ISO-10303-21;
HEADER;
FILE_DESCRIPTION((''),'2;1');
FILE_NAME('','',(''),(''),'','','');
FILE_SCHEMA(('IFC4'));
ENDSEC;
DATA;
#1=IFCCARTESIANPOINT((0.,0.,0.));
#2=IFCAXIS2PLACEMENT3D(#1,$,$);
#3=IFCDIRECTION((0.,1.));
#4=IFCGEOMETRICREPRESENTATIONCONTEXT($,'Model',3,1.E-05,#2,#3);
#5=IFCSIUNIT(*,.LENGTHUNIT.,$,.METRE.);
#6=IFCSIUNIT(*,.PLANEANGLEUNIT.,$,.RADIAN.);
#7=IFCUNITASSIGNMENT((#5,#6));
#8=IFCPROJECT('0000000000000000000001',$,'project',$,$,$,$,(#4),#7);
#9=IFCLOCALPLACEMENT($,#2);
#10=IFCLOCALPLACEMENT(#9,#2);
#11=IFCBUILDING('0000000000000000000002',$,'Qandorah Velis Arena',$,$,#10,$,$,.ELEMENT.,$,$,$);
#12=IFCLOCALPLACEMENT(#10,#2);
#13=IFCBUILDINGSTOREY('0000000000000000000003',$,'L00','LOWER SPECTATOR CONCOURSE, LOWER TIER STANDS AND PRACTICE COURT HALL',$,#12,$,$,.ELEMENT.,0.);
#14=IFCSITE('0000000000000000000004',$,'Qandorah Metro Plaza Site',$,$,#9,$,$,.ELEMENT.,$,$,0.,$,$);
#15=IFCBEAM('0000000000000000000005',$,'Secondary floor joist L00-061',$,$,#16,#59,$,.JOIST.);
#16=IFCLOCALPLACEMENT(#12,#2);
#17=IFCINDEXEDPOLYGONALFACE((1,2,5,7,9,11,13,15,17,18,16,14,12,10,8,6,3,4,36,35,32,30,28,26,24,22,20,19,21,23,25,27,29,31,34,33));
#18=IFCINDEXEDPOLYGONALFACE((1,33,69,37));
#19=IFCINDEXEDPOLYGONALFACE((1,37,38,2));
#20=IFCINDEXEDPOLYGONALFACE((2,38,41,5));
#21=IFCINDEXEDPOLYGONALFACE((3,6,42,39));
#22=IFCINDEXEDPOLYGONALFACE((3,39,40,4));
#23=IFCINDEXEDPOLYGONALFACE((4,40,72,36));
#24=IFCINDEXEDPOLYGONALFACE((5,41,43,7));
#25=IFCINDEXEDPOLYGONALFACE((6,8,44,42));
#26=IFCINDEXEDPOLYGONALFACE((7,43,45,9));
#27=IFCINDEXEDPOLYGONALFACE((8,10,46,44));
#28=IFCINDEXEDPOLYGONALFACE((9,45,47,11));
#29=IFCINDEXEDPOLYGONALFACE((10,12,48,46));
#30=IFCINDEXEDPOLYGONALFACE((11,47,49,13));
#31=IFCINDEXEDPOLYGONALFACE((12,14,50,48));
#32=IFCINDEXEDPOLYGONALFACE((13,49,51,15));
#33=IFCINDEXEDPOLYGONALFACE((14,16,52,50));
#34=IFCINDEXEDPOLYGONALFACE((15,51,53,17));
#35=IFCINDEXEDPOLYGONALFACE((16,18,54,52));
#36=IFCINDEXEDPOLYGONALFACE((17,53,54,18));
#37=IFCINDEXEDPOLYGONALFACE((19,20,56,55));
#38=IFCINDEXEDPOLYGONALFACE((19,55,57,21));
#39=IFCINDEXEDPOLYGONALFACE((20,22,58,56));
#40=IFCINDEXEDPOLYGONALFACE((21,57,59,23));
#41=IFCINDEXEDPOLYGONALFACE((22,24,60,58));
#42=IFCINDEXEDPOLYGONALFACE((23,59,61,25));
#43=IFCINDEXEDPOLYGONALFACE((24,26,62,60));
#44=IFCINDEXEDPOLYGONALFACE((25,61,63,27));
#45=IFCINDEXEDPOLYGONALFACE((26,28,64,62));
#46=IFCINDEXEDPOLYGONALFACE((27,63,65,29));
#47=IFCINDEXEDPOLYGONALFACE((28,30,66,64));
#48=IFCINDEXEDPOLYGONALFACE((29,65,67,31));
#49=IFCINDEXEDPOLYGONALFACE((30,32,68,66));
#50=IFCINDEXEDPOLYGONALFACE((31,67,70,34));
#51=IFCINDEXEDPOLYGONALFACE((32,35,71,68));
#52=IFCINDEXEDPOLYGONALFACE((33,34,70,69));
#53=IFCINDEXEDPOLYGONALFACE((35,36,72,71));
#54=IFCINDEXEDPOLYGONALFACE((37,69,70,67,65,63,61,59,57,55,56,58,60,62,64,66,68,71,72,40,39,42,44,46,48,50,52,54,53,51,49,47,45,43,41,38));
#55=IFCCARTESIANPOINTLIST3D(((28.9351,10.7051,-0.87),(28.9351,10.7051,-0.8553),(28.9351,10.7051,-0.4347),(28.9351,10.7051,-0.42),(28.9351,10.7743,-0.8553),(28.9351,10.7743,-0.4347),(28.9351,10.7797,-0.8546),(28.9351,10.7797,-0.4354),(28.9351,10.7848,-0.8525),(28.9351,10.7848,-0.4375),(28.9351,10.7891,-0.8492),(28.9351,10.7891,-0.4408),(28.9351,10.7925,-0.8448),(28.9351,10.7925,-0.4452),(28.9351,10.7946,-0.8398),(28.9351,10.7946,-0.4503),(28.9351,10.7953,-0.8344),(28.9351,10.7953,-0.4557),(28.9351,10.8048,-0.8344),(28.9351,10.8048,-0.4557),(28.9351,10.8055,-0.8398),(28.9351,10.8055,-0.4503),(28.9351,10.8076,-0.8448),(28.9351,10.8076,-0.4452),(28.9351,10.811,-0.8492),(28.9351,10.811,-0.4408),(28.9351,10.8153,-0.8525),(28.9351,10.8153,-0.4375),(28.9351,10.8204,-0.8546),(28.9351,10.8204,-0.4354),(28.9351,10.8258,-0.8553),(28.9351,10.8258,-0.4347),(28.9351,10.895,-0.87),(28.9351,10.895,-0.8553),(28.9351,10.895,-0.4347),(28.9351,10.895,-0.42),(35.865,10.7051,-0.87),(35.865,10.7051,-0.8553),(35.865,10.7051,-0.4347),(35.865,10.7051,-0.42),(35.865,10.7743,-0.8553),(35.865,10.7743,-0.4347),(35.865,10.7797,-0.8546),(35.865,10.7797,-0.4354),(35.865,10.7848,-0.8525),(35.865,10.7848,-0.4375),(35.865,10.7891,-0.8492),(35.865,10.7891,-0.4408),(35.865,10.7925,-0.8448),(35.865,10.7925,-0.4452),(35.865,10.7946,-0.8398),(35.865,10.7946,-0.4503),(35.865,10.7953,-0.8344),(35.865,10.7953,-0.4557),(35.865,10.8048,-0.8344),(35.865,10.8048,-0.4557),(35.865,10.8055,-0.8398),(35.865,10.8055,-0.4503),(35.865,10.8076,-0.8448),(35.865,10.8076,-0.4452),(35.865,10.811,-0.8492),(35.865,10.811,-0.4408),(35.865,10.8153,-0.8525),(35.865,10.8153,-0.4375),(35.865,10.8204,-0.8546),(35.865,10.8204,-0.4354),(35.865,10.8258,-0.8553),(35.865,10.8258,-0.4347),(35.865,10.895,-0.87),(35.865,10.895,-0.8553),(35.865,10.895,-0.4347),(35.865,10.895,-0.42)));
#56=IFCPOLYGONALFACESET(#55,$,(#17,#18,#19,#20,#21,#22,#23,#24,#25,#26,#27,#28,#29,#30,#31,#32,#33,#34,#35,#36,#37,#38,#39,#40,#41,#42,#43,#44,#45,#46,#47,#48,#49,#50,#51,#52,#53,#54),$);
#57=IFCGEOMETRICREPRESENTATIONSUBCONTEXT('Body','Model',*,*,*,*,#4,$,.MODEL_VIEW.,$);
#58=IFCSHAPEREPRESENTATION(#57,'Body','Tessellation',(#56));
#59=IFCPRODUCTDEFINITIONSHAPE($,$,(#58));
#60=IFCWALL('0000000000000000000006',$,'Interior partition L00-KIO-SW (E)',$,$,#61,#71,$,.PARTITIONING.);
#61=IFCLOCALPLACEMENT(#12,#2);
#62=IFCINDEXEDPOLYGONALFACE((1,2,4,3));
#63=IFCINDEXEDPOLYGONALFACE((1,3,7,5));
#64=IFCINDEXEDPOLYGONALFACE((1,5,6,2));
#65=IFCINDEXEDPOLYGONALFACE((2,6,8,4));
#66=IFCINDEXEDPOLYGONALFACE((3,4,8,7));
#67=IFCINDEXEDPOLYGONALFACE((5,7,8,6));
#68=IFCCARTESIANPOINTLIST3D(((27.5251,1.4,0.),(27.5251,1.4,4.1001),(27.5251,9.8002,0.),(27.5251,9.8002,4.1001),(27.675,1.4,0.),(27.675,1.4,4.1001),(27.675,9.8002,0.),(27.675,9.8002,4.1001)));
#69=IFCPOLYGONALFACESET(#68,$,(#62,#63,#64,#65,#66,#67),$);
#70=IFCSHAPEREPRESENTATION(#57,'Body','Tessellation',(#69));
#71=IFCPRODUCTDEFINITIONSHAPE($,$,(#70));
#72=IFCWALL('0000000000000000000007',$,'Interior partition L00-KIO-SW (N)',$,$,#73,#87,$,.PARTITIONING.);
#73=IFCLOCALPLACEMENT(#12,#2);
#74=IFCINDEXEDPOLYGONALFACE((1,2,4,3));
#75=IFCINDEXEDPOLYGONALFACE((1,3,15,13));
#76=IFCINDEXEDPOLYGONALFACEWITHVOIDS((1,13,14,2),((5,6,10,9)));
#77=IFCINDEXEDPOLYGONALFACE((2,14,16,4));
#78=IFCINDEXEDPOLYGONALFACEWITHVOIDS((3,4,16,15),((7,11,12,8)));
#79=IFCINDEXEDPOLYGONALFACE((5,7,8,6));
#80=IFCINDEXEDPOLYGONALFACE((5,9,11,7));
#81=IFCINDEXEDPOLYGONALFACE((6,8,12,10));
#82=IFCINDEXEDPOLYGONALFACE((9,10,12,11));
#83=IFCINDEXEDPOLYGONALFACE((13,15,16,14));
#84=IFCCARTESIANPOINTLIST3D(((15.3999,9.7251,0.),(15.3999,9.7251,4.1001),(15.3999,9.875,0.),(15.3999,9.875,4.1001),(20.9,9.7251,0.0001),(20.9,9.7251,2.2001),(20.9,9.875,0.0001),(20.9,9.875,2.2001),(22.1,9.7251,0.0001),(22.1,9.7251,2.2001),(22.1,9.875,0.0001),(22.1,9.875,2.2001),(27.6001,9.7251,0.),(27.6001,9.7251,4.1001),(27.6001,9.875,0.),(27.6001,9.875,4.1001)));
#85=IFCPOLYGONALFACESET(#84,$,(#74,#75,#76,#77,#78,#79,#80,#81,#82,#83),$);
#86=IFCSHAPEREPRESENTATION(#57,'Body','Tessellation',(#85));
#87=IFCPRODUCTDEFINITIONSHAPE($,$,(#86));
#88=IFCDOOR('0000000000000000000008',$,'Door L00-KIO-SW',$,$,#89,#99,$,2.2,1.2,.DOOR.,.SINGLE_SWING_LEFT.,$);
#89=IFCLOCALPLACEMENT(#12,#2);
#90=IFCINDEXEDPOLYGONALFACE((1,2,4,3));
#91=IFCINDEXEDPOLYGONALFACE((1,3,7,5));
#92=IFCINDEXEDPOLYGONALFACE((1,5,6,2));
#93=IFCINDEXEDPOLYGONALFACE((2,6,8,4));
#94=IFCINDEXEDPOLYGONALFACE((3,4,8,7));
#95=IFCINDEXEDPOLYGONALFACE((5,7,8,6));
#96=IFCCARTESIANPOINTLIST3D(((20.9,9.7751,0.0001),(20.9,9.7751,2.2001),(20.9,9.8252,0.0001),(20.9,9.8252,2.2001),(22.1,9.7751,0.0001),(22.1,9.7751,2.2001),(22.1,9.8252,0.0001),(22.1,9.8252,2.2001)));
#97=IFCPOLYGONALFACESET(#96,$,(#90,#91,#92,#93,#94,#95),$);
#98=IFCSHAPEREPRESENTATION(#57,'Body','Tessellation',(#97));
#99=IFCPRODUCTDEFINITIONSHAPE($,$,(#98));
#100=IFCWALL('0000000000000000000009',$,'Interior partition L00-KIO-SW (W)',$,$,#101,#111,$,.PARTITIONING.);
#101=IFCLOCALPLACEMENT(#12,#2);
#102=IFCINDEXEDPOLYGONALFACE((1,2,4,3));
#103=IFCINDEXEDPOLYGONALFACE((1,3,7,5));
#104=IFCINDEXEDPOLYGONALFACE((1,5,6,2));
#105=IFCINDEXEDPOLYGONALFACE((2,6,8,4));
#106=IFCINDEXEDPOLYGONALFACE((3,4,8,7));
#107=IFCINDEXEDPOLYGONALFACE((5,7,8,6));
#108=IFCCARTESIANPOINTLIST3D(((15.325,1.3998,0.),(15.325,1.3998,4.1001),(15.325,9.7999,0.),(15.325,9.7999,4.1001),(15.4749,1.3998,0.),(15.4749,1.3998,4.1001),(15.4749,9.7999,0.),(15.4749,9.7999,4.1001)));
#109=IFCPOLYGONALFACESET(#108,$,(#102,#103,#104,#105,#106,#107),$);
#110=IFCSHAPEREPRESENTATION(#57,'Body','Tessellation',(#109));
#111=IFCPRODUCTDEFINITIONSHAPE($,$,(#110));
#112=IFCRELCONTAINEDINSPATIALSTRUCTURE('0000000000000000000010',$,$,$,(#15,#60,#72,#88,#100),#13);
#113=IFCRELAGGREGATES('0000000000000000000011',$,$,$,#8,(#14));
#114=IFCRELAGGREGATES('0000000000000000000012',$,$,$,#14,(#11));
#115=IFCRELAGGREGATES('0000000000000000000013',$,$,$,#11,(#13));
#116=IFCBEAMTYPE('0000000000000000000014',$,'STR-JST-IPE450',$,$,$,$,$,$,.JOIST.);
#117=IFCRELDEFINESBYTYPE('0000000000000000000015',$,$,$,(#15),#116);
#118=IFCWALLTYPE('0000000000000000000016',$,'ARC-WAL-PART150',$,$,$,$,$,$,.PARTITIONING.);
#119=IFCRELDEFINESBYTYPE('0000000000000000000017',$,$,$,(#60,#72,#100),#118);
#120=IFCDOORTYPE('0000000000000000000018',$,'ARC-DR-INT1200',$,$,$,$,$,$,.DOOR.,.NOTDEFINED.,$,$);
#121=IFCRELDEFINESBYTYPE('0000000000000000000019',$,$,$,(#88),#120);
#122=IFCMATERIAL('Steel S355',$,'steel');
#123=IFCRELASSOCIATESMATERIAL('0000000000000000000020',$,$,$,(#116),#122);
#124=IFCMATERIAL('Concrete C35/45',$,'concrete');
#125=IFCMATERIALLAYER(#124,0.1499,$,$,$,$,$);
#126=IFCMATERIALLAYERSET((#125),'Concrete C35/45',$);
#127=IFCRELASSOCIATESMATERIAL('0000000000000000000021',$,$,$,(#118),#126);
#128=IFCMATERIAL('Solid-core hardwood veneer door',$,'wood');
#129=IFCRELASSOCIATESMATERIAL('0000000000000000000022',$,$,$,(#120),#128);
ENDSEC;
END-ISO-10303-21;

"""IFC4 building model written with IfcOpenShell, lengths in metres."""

from ifc_helpers import new_model, si_unit, direction, frame, frame_2d, origin, origin_2d, place, context, subcontext, project, spatial, rectangle, i_section, extrude, material, layer, layer_set, material_profile, profile_set, type_object, element, fill, save


model = new_model("IFC4")

# Units and contexts
model_context = context("Model", 3, precision=1e-05, world=origin(), true_north=direction((0.0, 1.0)))
body_context = subcontext(model_context, "Body", "Model", "MODEL_VIEW")
ifc_project = project(units=[si_unit("LENGTHUNIT", "METRE"), si_unit("PLANEANGLEUNIT", "RADIAN")], contexts=[model_context])

# Site, building, storey
site_placement = place(None, origin())
site = spatial("IfcSite", under=ifc_project, at=site_placement, Name="Qandorah Metro Plaza Site", CompositionType="ELEMENT", RefElevation=0.0)
building_placement = place(site_placement, origin())
building = spatial("IfcBuilding", under=site, at=building_placement, Name="Qandorah Velis Arena", CompositionType="ELEMENT")
storey_placement = place(building_placement, origin())
storey = spatial("IfcBuildingStorey", under=building, at=storey_placement, Name="L00", Description="LOWER SPECTATOR CONCOURSE, LOWER TIER STANDS AND PRACTICE COURT HALL", CompositionType="ELEMENT", Elevation=0.0)

# Beam
ifc_material_1 = material(Name="Steel S355", Category="steel")
ifc_material_profile_1 = material_profile(ifc_material_1, i_section(OverallWidth=0.1899, OverallDepth=0.45, WebThickness=0.0095, FlangeThickness=0.0146, FilletRadius=0.021, at=origin_2d()), Name="IPE 450")
ifc_profile_set_1 = profile_set([ifc_material_profile_1], Name="Steel S355")
beam_type_1 = type_object("IfcBeamType", Name="STR-JST-IPE450", PredefinedType="JOIST", material=ifc_profile_set_1)
for number, where, z_axis, x_axis, name in (
    (1, (28.9351, 10.8, -0.645), (1.0, 0.0, 0.0), (0.0, 1.0, 0.0), "Secondary floor joist L00-061"),
):
    element("IfcBeam", number, at=place(storey_placement, frame(where, z_axis=z_axis, x_axis=x_axis)), inside=storey, type_object=beam_type_1, Name=name, PredefinedType="JOIST", context=body_context, shape_type="SweptSolid", body=[
        extrude(i_section(OverallWidth=0.1899, OverallDepth=0.45, WebThickness=0.0095, FlangeThickness=0.0146, FilletRadius=0.021, at=origin_2d()), origin(), (0.0, 0.0, 1.0), 6.9299),
    ])

# Wall
ifc_material_2 = material(Name="Concrete C35/45", Category="concrete")
ifc_layer = layer(ifc_material_2, 0.1499)
ifc_layer_set = layer_set([ifc_layer], Name="Concrete C35/45")
wall_type = type_object("IfcWallType", Name="ARC-WAL-PART150", PredefinedType="PARTITIONING", material=ifc_layer_set)
wall_1_placement = place(storey_placement, frame((27.6001, 1.3999, 0.0), z_axis=(0.0, 0.0, 1.0), x_axis=(0.0, 1.0, 0.0)))
element("IfcWall", 2, at=wall_1_placement, inside=storey, type_object=wall_type, Name="Interior partition L00-KIO-SW (E)", PredefinedType="PARTITIONING", context=body_context, shape_type="SweptSolid", body=[
    extrude(rectangle(XDim=8.4001, YDim=0.1499, at=frame_2d((4.2002, 0.0))), origin(), (0.0, 0.0, 1.0), 4.1001),
])

# Wall, opening, door
wall_2_placement = place(storey_placement, frame((27.6001, 9.8, 0.0), z_axis=(0.0, 0.0, 1.0), x_axis=(-1.0, 0.0, 0.0)))
wall_2 = element("IfcWall", 3, at=wall_2_placement, inside=storey, type_object=wall_type, Name="Interior partition L00-KIO-SW (N)", PredefinedType="PARTITIONING", context=body_context, shape_type="SweptSolid", body=[
    extrude(rectangle(XDim=12.2002, YDim=0.1499, at=frame_2d((6.1001, 0.0))), origin(), (0.0, 0.0, 1.0), 4.1001),
])
opening_placement = place(wall_2_placement, frame((5.5, 0.0, 0.0)))
opening = element("IfcOpeningElement", 4, at=opening_placement, cuts=wall_2, PredefinedType="OPENING", context=body_context, shape_type="SweptSolid", body=[
    extrude(rectangle(XDim=1.2, YDim=2.2, at=frame_2d((0.6001, 1.1001))), frame((0.0, 0.085, 0.0), z_axis=(0.0, -1.0, 0.0), x_axis=(1.0, 0.0, 0.0)), (0.0, 0.0, 1.0), 0.1699),
])
ifc_material_3 = material(Name="Solid-core hardwood veneer door", Category="wood")
door_type = type_object("IfcDoorType", Name="ARC-DR-INT1200", OperationType="NOTDEFINED", PredefinedType="DOOR", material=ifc_material_3)
door_placement = place(opening_placement, origin())
door = element("IfcDoor", 5, at=door_placement, inside=storey, type_object=door_type, Name="Door L00-KIO-SW", OperationType="SINGLE_SWING_LEFT", OverallHeight=2.2, OverallWidth=1.2, PredefinedType="DOOR", context=body_context, shape_type="SweptSolid", body=[
    extrude(rectangle(XDim=1.2, YDim=2.2, at=frame_2d((0.6001, 1.1001))), frame((0.0, 0.0249, 0.0), z_axis=(0.0, -1.0, 0.0), x_axis=(1.0, 0.0, 0.0)), (0.0, 0.0, 1.0), 0.05),
])
fill(opening, door)

# Wall
wall_3_placement = place(storey_placement, frame((15.3999, 9.8, 0.0), z_axis=(0.0, 0.0, 1.0), x_axis=(0.0, -1.0, 0.0)))
element("IfcWall", 6, at=wall_3_placement, inside=storey, type_object=wall_type, Name="Interior partition L00-KIO-SW (W)", PredefinedType="PARTITIONING", context=body_context, shape_type="SweptSolid", body=[
    extrude(rectangle(XDim=8.4001, YDim=0.1499, at=frame_2d((4.2002, 0.0))), origin(), (0.0, 0.0, 1.0), 4.1001),
])

save(model, "model.ifc")
